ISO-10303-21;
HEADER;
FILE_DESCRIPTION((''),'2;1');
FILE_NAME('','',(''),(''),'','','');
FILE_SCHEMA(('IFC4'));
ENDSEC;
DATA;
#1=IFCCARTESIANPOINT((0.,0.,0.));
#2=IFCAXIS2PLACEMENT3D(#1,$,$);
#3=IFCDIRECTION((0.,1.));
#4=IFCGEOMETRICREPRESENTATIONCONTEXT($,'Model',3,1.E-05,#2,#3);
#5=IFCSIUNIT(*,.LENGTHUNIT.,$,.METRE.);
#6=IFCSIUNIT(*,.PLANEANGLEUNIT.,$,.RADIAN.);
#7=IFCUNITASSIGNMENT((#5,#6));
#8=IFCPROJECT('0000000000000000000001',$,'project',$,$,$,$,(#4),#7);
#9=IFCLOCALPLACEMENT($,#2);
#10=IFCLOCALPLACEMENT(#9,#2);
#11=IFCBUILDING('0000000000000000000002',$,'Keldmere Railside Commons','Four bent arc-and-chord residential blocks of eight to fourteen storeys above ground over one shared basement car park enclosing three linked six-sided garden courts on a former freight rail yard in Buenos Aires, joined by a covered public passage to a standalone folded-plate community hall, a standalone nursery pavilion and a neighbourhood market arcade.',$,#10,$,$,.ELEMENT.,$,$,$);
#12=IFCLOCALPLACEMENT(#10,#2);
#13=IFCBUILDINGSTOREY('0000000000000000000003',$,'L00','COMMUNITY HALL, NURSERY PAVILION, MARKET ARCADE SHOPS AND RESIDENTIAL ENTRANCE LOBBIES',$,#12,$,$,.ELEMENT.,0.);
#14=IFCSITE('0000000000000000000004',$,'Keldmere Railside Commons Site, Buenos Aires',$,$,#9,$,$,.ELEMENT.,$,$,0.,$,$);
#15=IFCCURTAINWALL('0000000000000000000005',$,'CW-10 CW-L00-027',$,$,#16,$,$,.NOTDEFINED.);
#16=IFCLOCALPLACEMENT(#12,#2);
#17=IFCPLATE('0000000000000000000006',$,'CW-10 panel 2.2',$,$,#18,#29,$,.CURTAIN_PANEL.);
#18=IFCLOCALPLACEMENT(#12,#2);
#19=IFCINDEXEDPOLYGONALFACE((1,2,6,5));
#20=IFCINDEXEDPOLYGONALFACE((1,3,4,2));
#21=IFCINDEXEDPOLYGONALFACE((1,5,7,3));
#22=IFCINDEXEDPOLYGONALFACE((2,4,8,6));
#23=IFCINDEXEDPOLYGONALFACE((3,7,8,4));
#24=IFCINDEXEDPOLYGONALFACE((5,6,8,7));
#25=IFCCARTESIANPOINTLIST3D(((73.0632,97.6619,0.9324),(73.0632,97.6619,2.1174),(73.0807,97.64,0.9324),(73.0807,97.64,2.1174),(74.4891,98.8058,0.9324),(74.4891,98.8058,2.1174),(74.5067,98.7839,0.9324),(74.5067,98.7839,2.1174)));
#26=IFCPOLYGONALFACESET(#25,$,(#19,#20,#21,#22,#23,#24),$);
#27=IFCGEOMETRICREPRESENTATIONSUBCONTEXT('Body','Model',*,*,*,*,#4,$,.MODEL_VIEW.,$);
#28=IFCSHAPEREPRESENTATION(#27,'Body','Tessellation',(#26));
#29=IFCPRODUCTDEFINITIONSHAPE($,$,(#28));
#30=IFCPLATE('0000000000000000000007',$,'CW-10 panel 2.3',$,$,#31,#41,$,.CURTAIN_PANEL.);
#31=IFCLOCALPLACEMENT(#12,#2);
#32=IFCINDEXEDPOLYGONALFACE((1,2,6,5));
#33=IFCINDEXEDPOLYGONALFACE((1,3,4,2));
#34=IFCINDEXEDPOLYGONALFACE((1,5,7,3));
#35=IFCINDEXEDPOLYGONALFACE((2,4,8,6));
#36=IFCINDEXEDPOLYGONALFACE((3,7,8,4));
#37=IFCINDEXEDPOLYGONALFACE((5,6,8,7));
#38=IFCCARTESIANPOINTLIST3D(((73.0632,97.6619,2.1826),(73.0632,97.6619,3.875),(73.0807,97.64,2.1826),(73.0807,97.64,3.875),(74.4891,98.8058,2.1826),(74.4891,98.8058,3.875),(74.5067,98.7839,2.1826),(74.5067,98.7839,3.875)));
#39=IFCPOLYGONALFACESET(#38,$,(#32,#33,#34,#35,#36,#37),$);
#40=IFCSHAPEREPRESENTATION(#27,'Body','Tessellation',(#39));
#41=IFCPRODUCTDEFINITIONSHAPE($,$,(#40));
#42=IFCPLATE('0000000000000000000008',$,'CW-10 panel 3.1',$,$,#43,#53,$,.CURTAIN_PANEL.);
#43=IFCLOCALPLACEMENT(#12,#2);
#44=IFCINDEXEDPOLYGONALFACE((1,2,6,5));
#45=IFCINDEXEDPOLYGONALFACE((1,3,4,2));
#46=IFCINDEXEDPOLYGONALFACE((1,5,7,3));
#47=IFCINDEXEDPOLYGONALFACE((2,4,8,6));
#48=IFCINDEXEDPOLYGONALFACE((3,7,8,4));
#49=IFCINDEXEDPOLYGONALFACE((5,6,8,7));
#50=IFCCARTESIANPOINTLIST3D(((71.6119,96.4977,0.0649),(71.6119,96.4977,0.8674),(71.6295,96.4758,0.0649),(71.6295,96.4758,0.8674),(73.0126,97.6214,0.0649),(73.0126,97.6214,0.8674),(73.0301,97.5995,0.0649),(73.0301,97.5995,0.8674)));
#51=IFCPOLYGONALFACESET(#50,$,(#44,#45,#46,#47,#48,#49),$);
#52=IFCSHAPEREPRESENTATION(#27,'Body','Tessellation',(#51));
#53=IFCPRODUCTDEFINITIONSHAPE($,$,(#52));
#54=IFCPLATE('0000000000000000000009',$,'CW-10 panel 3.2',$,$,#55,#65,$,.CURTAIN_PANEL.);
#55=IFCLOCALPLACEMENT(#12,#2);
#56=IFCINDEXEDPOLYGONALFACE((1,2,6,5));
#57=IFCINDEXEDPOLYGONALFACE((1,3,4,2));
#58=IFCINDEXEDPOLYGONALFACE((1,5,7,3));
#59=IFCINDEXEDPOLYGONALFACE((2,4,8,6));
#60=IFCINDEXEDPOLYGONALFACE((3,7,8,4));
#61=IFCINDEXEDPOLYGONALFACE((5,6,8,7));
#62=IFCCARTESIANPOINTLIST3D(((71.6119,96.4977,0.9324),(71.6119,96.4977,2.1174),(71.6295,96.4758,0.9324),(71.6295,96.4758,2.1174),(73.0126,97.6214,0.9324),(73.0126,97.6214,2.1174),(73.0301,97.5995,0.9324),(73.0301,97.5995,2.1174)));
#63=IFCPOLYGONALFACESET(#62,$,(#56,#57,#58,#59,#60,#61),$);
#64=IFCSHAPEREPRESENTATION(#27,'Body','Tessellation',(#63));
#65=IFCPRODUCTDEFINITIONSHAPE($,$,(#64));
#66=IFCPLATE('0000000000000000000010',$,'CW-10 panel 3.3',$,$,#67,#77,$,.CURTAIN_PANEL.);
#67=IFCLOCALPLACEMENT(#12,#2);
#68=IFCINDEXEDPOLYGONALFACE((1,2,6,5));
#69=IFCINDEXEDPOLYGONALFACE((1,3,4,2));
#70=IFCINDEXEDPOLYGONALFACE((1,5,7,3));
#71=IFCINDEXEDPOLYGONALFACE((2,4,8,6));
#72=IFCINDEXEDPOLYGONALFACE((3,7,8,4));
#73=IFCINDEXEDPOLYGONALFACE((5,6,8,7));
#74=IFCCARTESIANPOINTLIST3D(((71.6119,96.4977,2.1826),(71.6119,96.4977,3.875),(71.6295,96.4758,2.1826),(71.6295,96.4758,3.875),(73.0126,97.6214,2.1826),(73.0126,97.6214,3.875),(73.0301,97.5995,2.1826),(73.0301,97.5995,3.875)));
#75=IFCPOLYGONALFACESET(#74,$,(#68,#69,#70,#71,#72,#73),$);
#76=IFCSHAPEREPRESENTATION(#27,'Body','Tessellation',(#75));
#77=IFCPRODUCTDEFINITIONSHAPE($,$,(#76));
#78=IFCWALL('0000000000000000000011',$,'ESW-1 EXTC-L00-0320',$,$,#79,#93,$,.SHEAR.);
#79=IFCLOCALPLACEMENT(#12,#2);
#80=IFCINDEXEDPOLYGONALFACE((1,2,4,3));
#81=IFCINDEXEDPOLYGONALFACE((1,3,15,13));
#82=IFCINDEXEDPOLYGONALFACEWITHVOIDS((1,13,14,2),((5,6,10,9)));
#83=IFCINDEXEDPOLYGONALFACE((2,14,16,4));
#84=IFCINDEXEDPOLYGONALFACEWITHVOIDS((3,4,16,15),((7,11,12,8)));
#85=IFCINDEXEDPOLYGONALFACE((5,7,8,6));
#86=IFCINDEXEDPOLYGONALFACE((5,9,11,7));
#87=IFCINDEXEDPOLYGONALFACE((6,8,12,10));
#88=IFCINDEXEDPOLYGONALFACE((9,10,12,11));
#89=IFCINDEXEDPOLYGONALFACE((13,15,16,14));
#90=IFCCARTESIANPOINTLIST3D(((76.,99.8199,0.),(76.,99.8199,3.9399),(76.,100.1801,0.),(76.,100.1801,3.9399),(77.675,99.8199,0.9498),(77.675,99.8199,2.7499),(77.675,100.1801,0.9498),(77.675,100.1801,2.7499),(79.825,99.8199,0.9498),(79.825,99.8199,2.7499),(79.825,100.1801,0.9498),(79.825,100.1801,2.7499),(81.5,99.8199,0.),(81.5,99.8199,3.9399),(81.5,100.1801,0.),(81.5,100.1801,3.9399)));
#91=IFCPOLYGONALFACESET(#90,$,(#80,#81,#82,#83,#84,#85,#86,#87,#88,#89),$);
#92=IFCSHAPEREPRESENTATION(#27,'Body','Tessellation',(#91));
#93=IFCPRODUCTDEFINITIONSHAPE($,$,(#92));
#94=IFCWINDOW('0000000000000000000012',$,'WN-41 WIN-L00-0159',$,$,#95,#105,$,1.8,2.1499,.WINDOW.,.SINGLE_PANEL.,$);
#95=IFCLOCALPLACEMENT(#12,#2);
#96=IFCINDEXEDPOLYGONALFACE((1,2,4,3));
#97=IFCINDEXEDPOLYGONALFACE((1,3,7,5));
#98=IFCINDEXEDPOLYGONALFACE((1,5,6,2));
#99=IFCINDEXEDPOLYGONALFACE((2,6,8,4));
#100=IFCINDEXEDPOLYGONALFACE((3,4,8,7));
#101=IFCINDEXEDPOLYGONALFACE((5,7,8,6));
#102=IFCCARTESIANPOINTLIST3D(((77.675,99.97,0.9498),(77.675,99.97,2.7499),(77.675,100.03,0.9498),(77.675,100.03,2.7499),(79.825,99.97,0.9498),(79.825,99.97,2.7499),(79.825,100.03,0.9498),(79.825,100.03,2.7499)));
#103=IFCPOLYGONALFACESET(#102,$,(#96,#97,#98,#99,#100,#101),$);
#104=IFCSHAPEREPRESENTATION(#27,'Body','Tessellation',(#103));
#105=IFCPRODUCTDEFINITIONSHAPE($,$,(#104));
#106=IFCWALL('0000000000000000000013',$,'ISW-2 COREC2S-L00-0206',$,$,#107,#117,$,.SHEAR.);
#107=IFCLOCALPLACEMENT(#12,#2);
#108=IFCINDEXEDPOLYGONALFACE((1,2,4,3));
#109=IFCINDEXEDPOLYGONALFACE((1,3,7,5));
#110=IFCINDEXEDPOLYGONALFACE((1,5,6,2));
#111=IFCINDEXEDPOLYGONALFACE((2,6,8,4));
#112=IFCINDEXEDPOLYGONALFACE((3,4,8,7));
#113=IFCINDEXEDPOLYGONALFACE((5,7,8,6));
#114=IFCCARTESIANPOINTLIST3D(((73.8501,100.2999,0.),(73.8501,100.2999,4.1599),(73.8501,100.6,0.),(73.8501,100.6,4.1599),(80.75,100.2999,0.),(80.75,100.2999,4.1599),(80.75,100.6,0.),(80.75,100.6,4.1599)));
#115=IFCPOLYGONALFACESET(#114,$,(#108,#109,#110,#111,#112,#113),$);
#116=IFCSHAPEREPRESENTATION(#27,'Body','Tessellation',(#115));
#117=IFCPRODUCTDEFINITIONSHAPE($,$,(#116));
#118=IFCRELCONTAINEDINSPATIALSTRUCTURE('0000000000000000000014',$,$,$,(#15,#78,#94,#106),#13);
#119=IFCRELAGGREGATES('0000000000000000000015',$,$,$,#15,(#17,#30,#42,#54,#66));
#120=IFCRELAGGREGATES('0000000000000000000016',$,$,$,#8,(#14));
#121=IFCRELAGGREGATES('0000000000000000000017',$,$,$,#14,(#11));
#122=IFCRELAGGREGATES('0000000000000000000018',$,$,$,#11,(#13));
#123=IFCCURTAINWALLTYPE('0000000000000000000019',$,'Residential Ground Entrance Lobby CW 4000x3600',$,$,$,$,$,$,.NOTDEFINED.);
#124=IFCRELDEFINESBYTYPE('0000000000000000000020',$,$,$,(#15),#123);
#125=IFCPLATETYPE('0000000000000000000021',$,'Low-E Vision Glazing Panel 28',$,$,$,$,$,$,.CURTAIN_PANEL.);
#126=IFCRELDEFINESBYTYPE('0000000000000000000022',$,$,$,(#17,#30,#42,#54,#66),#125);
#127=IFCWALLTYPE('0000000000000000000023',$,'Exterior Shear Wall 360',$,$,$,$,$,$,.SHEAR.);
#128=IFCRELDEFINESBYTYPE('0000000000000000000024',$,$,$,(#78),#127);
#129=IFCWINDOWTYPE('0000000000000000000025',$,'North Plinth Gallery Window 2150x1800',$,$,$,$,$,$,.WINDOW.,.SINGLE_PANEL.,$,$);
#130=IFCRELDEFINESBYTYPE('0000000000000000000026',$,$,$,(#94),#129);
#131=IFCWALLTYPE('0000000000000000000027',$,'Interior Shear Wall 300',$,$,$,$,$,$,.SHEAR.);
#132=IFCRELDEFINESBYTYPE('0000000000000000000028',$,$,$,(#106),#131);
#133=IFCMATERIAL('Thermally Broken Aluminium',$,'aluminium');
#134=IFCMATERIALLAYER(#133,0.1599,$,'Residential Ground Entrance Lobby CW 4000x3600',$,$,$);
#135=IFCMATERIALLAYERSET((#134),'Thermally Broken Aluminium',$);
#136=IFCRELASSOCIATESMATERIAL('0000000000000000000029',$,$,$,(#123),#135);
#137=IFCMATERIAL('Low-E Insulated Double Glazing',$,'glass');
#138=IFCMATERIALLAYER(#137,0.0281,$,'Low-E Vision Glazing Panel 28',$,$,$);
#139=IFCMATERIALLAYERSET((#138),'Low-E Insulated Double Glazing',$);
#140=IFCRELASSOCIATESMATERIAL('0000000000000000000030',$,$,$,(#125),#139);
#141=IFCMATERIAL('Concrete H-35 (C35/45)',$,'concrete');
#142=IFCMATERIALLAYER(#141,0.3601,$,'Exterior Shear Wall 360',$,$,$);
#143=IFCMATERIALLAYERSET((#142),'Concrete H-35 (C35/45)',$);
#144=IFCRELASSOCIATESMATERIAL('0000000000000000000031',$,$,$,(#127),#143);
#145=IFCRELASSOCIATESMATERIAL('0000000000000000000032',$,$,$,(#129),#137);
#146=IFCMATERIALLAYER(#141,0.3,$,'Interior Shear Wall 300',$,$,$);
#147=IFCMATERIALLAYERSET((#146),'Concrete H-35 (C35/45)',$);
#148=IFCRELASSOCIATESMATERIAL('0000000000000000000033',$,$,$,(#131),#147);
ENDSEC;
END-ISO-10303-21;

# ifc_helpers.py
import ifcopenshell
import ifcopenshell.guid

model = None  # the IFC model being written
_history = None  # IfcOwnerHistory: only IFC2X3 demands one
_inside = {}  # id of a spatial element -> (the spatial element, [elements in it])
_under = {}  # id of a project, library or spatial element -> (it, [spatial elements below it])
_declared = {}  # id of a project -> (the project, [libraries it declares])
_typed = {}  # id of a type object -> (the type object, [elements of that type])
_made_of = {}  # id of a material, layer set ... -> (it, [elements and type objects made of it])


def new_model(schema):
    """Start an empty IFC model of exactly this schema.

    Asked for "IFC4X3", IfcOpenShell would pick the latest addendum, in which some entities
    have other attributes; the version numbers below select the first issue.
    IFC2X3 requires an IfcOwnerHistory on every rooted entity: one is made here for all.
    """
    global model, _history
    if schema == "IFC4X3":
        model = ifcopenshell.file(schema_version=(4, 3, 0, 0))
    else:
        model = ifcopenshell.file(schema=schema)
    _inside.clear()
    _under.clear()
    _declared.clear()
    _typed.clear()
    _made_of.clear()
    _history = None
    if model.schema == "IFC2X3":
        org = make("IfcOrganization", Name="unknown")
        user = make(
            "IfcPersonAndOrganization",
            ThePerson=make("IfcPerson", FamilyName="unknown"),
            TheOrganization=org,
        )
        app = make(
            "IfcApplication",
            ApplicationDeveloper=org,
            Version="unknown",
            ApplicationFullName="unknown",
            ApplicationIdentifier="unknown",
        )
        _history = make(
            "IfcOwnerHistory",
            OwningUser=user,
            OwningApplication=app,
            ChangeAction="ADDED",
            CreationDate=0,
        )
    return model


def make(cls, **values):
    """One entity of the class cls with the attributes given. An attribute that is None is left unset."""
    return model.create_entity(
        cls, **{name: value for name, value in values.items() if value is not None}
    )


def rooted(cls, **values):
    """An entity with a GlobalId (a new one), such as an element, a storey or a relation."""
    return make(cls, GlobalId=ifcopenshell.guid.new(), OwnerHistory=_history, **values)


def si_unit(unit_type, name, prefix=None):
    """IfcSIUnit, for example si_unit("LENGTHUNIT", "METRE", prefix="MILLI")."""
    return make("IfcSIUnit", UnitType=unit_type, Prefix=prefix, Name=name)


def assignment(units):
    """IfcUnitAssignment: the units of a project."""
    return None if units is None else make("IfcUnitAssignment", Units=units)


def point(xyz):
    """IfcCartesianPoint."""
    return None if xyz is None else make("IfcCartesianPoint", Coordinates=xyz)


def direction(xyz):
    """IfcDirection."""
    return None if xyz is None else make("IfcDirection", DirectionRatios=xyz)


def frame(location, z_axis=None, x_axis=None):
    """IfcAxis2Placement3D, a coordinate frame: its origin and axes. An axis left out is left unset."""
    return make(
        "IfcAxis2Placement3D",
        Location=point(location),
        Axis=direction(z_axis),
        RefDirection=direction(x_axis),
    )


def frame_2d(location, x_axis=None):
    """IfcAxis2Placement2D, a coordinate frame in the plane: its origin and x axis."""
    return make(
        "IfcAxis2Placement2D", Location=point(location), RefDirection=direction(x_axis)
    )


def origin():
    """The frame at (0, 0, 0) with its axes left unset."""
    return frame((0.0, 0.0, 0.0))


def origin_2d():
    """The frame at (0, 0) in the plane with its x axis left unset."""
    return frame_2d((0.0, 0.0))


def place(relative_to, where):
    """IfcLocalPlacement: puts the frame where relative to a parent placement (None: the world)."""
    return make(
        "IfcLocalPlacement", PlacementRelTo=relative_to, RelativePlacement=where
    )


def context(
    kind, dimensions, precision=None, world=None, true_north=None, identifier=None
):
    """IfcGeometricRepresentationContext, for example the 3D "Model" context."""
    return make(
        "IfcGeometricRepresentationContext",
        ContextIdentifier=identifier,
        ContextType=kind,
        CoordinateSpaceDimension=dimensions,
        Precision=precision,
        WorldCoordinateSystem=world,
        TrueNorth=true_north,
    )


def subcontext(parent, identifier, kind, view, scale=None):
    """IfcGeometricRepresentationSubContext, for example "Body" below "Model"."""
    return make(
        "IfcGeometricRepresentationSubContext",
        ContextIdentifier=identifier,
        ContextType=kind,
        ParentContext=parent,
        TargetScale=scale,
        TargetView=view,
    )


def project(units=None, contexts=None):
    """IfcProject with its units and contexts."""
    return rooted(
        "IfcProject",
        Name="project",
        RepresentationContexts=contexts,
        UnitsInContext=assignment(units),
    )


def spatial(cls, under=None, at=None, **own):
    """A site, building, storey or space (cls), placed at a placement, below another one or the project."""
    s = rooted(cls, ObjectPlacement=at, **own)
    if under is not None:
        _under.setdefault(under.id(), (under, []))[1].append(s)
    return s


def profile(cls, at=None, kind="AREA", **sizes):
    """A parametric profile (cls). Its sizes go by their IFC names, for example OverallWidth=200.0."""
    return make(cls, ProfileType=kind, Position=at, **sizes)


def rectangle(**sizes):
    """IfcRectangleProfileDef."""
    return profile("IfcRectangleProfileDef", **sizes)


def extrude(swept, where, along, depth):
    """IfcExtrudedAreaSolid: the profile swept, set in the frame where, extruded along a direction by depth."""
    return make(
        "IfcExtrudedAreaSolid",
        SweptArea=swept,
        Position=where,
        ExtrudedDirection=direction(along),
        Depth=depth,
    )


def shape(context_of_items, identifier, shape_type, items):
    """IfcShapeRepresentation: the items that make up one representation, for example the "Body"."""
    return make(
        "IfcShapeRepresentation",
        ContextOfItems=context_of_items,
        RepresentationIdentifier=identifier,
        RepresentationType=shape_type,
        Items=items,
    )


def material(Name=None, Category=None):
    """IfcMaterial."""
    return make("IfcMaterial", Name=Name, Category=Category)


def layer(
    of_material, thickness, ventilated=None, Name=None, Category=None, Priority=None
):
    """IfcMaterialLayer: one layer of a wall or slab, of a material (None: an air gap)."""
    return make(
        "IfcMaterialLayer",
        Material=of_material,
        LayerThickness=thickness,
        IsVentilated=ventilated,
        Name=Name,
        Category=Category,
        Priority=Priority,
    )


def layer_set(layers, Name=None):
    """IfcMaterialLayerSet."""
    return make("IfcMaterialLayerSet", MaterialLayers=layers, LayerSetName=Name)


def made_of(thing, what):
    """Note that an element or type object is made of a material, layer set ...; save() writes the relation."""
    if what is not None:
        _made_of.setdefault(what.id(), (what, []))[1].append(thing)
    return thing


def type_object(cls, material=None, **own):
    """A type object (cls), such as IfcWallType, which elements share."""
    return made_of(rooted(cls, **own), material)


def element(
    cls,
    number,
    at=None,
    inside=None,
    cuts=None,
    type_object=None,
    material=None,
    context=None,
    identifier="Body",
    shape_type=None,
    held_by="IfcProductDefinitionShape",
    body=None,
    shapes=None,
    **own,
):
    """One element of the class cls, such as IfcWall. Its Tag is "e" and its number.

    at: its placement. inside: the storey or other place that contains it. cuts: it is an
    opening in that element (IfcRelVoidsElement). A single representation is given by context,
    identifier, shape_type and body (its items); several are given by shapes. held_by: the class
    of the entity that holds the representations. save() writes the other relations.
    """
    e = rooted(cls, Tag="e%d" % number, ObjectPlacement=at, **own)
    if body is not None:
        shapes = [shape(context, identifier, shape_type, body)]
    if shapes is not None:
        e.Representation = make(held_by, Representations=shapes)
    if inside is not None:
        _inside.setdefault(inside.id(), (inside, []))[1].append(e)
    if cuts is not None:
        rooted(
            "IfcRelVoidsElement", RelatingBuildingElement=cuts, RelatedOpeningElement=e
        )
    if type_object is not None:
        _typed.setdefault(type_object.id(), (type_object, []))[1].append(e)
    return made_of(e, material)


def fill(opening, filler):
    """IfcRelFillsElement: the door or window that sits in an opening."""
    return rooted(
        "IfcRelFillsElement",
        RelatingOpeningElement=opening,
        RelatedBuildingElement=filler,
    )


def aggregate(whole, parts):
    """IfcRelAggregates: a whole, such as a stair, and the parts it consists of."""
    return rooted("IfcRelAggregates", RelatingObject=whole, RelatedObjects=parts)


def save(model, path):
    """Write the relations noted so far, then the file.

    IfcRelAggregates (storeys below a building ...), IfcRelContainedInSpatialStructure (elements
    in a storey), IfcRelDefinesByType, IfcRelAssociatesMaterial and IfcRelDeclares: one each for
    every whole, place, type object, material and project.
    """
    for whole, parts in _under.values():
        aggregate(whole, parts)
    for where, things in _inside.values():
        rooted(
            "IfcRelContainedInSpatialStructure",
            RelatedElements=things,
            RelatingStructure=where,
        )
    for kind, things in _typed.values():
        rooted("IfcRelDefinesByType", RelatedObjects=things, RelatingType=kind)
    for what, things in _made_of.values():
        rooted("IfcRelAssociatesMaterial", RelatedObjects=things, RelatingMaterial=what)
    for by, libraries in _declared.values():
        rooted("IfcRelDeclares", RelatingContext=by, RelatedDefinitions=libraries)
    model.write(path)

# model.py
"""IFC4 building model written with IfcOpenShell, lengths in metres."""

from ifc_helpers import new_model, si_unit, direction, frame, frame_2d, origin, origin_2d, place, context, subcontext, project, spatial, rectangle, extrude, material, layer, layer_set, type_object, element, fill, aggregate, save


model = new_model("IFC4")

# Units and contexts
model_context = context("Model", 3, precision=1e-05, world=origin(), true_north=direction((0.0, 1.0)))
body_context = subcontext(model_context, "Body", "Model", "MODEL_VIEW")
ifc_project = project(units=[si_unit("LENGTHUNIT", "METRE"), si_unit("PLANEANGLEUNIT", "RADIAN")], contexts=[model_context])

# Site, building, storey
site_placement = place(None, origin())
site = spatial("IfcSite", under=ifc_project, at=site_placement, Name="Keldmere Railside Commons Site, Buenos Aires", CompositionType="ELEMENT", RefElevation=0.0)
building_placement = place(site_placement, origin())
building = spatial("IfcBuilding", under=site, at=building_placement, Name="Keldmere Railside Commons", Description="Four bent arc-and-chord residential blocks of eight to fourteen storeys above ground over one shared basement car park enclosing three linked six-sided garden courts on a former freight rail yard in Buenos Aires, joined by a covered public passage to a standalone folded-plate community hall, a standalone nursery pavilion and a neighbourhood market arcade.", CompositionType="ELEMENT")
storey_placement = place(building_placement, origin())
storey = spatial("IfcBuildingStorey", under=building, at=storey_placement, Name="L00", Description="COMMUNITY HALL, NURSERY PAVILION, MARKET ARCADE SHOPS AND RESIDENTIAL ENTRANCE LOBBIES", CompositionType="ELEMENT", Elevation=0.0)

# Shared definitions
ifc_material_1 = material(Name="Thermally Broken Aluminium", Category="aluminium")

# Curtain wall
ifc_layer_1 = layer(ifc_material_1, 0.1599, Name="Residential Ground Entrance Lobby CW 4000x3600")
ifc_layer_set_1 = layer_set([ifc_layer_1], Name="Thermally Broken Aluminium")
curtain_wall_type_1 = type_object("IfcCurtainWallType", Name="Residential Ground Entrance Lobby CW 4000x3600", PredefinedType="NOTDEFINED", material=ifc_layer_set_1)
curtain_wall_1_placement = place(storey_placement, origin())
curtain_wall_1 = element("IfcCurtainWall", 1, at=curtain_wall_1_placement, inside=storey, type_object=curtain_wall_type_1, Name="CW-10 CW-L00-027", PredefinedType="NOTDEFINED")

# Plates
ifc_material_2 = material(Name="Low-E Insulated Double Glazing", Category="glass")
ifc_layer_2 = layer(ifc_material_2, 0.0281, Name="Low-E Vision Glazing Panel 28")
ifc_layer_set_2 = layer_set([ifc_layer_2], Name="Low-E Insulated Double Glazing")
plate_type = type_object("IfcPlateType", Name="Low-E Vision Glazing Panel 28", PredefinedType="CURTAIN_PANEL", material=ifc_layer_set_2)
plate_1_placement = place(storey_placement, frame((73.7849, 98.2229, 0.9324), z_axis=(0.0, 0.0, 1.0), x_axis=(-0.780009, -0.625768, 0.0)))
plate_1 = element("IfcPlate", 2, at=plate_1_placement, type_object=plate_type, Name="CW-10 panel 2.2", PredefinedType="CURTAIN_PANEL", context=body_context, shape_type="SweptSolid", body=[
    extrude(rectangle(XDim=1.8281, YDim=0.0281, at=origin_2d()), origin(), (0.0, 0.0, 1.0), 1.1851),
])
plate_2_placement = place(storey_placement, frame((73.7849, 98.2229, 2.1826), z_axis=(0.0, 0.0, 1.0), x_axis=(-0.780009, -0.625768, 0.0)))
plate_2 = element("IfcPlate", 3, at=plate_2_placement, type_object=plate_type, Name="CW-10 panel 2.3", PredefinedType="CURTAIN_PANEL", context=body_context, shape_type="SweptSolid", body=[
    extrude(rectangle(XDim=1.8281, YDim=0.0281, at=origin_2d()), origin(), (0.0, 0.0, 1.0), 1.6924),
])
plate_3_placement = place(storey_placement, frame((72.321, 97.0486, 0.0649), z_axis=(0.0, 0.0, 1.0), x_axis=(-0.780009, -0.625768, 0.0)))
plate_3 = element("IfcPlate", 4, at=plate_3_placement, type_object=plate_type, Name="CW-10 panel 3.1", PredefinedType="CURTAIN_PANEL", context=body_context, shape_type="SweptSolid", body=[
    extrude(rectangle(XDim=1.7957, YDim=0.0281, at=origin_2d()), origin(), (0.0, 0.0, 1.0), 0.8025),
])
plate_4_placement = place(storey_placement, frame((72.321, 97.0486, 0.9324), z_axis=(0.0, 0.0, 1.0), x_axis=(-0.780009, -0.625768, 0.0)))
plate_4 = element("IfcPlate", 5, at=plate_4_placement, type_object=plate_type, Name="CW-10 panel 3.2", PredefinedType="CURTAIN_PANEL", context=body_context, shape_type="SweptSolid", body=[
    extrude(rectangle(XDim=1.7957, YDim=0.0281, at=origin_2d()), origin(), (0.0, 0.0, 1.0), 1.1851),
])
plate_5_placement = place(storey_placement, frame((72.321, 97.0486, 2.1826), z_axis=(0.0, 0.0, 1.0), x_axis=(-0.780009, -0.625768, 0.0)))
plate_5 = element("IfcPlate", 6, at=plate_5_placement, type_object=plate_type, Name="CW-10 panel 3.3", PredefinedType="CURTAIN_PANEL", context=body_context, shape_type="SweptSolid", body=[
    extrude(rectangle(XDim=1.7957, YDim=0.0281, at=origin_2d()), origin(), (0.0, 0.0, 1.0), 1.6924),
])
aggregate(curtain_wall_1, [plate_1, plate_2, plate_3, plate_4, plate_5])

# Wall, opening, window
ifc_material_3 = material(Name="Concrete H-35 (C35/45)", Category="concrete")
ifc_layer_3 = layer(ifc_material_3, 0.3601, Name="Exterior Shear Wall 360")
ifc_layer_set_3 = layer_set([ifc_layer_3], Name="Concrete H-35 (C35/45)")
wall_type_1 = type_object("IfcWallType", Name="Exterior Shear Wall 360", PredefinedType="SHEAR", material=ifc_layer_set_3)
wall_1_placement = place(storey_placement, frame((81.5, 100.0, 0.0), z_axis=(0.0, 0.0, 1.0), x_axis=(-1.0, 0.0, 0.0)))
wall_1 = element("IfcWall", 7, at=wall_1_placement, inside=storey, type_object=wall_type_1, Name="ESW-1 EXTC-L00-0320", PredefinedType="SHEAR", context=body_context, shape_type="SweptSolid", body=[
    extrude(rectangle(XDim=5.5, YDim=0.3601, at=frame_2d((2.75, 0.0))), origin(), (0.0, 0.0, 1.0), 3.9399),
])
opening_placement = place(wall_1_placement, frame((1.675, 0.0, 0.95)))
opening = element("IfcOpeningElement", 8, at=opening_placement, cuts=wall_1, PredefinedType="OPENING", context=body_context, shape_type="SweptSolid", body=[
    extrude(rectangle(XDim=2.1499, YDim=1.8, at=frame_2d((1.075, 0.8999))), frame((0.0, 0.1899, 0.0), z_axis=(0.0, -1.0, 0.0), x_axis=(1.0, 0.0, 0.0)), (0.0, 0.0, 1.0), 0.3801),
])
window_type = type_object("IfcWindowType", Name="North Plinth Gallery Window 2150x1800", PartitioningType="SINGLE_PANEL", PredefinedType="WINDOW", material=ifc_material_2)
window_placement = place(opening_placement, origin())
window = element("IfcWindow", 9, at=window_placement, inside=storey, type_object=window_type, Name="WN-41 WIN-L00-0159", OverallHeight=1.8, OverallWidth=2.1499, PartitioningType="SINGLE_PANEL", PredefinedType="WINDOW", context=body_context, shape_type="SweptSolid", body=[
    extrude(rectangle(XDim=2.1499, YDim=1.8, at=frame_2d((1.075, 0.8999))), frame((0.0, 0.03, 0.0), z_axis=(0.0, -1.0, 0.0), x_axis=(1.0, 0.0, 0.0)), (0.0, 0.0, 1.0), 0.0601),
])
fill(opening, window)

# Wall
ifc_layer_4 = layer(ifc_material_3, 0.3, Name="Interior Shear Wall 300")
ifc_layer_set_4 = layer_set([ifc_layer_4], Name="Concrete H-35 (C35/45)")
wall_type_2 = type_object("IfcWallType", Name="Interior Shear Wall 300", PredefinedType="SHEAR", material=ifc_layer_set_4)
wall_2_placement = place(storey_placement, frame((73.8501, 100.45, 0.0), z_axis=(0.0, 0.0, 1.0), x_axis=(1.0, 0.0, 0.0)))
element("IfcWall", 10, at=wall_2_placement, inside=storey, type_object=wall_type_2, Name="ISW-2 COREC2S-L00-0206", PredefinedType="SHEAR", context=body_context, shape_type="SweptSolid", body=[
    extrude(rectangle(XDim=6.8999, YDim=0.3, at=frame_2d((3.45, 0.0))), origin(), (0.0, 0.0, 1.0), 4.1599),
])

save(model, "model.ifc")
